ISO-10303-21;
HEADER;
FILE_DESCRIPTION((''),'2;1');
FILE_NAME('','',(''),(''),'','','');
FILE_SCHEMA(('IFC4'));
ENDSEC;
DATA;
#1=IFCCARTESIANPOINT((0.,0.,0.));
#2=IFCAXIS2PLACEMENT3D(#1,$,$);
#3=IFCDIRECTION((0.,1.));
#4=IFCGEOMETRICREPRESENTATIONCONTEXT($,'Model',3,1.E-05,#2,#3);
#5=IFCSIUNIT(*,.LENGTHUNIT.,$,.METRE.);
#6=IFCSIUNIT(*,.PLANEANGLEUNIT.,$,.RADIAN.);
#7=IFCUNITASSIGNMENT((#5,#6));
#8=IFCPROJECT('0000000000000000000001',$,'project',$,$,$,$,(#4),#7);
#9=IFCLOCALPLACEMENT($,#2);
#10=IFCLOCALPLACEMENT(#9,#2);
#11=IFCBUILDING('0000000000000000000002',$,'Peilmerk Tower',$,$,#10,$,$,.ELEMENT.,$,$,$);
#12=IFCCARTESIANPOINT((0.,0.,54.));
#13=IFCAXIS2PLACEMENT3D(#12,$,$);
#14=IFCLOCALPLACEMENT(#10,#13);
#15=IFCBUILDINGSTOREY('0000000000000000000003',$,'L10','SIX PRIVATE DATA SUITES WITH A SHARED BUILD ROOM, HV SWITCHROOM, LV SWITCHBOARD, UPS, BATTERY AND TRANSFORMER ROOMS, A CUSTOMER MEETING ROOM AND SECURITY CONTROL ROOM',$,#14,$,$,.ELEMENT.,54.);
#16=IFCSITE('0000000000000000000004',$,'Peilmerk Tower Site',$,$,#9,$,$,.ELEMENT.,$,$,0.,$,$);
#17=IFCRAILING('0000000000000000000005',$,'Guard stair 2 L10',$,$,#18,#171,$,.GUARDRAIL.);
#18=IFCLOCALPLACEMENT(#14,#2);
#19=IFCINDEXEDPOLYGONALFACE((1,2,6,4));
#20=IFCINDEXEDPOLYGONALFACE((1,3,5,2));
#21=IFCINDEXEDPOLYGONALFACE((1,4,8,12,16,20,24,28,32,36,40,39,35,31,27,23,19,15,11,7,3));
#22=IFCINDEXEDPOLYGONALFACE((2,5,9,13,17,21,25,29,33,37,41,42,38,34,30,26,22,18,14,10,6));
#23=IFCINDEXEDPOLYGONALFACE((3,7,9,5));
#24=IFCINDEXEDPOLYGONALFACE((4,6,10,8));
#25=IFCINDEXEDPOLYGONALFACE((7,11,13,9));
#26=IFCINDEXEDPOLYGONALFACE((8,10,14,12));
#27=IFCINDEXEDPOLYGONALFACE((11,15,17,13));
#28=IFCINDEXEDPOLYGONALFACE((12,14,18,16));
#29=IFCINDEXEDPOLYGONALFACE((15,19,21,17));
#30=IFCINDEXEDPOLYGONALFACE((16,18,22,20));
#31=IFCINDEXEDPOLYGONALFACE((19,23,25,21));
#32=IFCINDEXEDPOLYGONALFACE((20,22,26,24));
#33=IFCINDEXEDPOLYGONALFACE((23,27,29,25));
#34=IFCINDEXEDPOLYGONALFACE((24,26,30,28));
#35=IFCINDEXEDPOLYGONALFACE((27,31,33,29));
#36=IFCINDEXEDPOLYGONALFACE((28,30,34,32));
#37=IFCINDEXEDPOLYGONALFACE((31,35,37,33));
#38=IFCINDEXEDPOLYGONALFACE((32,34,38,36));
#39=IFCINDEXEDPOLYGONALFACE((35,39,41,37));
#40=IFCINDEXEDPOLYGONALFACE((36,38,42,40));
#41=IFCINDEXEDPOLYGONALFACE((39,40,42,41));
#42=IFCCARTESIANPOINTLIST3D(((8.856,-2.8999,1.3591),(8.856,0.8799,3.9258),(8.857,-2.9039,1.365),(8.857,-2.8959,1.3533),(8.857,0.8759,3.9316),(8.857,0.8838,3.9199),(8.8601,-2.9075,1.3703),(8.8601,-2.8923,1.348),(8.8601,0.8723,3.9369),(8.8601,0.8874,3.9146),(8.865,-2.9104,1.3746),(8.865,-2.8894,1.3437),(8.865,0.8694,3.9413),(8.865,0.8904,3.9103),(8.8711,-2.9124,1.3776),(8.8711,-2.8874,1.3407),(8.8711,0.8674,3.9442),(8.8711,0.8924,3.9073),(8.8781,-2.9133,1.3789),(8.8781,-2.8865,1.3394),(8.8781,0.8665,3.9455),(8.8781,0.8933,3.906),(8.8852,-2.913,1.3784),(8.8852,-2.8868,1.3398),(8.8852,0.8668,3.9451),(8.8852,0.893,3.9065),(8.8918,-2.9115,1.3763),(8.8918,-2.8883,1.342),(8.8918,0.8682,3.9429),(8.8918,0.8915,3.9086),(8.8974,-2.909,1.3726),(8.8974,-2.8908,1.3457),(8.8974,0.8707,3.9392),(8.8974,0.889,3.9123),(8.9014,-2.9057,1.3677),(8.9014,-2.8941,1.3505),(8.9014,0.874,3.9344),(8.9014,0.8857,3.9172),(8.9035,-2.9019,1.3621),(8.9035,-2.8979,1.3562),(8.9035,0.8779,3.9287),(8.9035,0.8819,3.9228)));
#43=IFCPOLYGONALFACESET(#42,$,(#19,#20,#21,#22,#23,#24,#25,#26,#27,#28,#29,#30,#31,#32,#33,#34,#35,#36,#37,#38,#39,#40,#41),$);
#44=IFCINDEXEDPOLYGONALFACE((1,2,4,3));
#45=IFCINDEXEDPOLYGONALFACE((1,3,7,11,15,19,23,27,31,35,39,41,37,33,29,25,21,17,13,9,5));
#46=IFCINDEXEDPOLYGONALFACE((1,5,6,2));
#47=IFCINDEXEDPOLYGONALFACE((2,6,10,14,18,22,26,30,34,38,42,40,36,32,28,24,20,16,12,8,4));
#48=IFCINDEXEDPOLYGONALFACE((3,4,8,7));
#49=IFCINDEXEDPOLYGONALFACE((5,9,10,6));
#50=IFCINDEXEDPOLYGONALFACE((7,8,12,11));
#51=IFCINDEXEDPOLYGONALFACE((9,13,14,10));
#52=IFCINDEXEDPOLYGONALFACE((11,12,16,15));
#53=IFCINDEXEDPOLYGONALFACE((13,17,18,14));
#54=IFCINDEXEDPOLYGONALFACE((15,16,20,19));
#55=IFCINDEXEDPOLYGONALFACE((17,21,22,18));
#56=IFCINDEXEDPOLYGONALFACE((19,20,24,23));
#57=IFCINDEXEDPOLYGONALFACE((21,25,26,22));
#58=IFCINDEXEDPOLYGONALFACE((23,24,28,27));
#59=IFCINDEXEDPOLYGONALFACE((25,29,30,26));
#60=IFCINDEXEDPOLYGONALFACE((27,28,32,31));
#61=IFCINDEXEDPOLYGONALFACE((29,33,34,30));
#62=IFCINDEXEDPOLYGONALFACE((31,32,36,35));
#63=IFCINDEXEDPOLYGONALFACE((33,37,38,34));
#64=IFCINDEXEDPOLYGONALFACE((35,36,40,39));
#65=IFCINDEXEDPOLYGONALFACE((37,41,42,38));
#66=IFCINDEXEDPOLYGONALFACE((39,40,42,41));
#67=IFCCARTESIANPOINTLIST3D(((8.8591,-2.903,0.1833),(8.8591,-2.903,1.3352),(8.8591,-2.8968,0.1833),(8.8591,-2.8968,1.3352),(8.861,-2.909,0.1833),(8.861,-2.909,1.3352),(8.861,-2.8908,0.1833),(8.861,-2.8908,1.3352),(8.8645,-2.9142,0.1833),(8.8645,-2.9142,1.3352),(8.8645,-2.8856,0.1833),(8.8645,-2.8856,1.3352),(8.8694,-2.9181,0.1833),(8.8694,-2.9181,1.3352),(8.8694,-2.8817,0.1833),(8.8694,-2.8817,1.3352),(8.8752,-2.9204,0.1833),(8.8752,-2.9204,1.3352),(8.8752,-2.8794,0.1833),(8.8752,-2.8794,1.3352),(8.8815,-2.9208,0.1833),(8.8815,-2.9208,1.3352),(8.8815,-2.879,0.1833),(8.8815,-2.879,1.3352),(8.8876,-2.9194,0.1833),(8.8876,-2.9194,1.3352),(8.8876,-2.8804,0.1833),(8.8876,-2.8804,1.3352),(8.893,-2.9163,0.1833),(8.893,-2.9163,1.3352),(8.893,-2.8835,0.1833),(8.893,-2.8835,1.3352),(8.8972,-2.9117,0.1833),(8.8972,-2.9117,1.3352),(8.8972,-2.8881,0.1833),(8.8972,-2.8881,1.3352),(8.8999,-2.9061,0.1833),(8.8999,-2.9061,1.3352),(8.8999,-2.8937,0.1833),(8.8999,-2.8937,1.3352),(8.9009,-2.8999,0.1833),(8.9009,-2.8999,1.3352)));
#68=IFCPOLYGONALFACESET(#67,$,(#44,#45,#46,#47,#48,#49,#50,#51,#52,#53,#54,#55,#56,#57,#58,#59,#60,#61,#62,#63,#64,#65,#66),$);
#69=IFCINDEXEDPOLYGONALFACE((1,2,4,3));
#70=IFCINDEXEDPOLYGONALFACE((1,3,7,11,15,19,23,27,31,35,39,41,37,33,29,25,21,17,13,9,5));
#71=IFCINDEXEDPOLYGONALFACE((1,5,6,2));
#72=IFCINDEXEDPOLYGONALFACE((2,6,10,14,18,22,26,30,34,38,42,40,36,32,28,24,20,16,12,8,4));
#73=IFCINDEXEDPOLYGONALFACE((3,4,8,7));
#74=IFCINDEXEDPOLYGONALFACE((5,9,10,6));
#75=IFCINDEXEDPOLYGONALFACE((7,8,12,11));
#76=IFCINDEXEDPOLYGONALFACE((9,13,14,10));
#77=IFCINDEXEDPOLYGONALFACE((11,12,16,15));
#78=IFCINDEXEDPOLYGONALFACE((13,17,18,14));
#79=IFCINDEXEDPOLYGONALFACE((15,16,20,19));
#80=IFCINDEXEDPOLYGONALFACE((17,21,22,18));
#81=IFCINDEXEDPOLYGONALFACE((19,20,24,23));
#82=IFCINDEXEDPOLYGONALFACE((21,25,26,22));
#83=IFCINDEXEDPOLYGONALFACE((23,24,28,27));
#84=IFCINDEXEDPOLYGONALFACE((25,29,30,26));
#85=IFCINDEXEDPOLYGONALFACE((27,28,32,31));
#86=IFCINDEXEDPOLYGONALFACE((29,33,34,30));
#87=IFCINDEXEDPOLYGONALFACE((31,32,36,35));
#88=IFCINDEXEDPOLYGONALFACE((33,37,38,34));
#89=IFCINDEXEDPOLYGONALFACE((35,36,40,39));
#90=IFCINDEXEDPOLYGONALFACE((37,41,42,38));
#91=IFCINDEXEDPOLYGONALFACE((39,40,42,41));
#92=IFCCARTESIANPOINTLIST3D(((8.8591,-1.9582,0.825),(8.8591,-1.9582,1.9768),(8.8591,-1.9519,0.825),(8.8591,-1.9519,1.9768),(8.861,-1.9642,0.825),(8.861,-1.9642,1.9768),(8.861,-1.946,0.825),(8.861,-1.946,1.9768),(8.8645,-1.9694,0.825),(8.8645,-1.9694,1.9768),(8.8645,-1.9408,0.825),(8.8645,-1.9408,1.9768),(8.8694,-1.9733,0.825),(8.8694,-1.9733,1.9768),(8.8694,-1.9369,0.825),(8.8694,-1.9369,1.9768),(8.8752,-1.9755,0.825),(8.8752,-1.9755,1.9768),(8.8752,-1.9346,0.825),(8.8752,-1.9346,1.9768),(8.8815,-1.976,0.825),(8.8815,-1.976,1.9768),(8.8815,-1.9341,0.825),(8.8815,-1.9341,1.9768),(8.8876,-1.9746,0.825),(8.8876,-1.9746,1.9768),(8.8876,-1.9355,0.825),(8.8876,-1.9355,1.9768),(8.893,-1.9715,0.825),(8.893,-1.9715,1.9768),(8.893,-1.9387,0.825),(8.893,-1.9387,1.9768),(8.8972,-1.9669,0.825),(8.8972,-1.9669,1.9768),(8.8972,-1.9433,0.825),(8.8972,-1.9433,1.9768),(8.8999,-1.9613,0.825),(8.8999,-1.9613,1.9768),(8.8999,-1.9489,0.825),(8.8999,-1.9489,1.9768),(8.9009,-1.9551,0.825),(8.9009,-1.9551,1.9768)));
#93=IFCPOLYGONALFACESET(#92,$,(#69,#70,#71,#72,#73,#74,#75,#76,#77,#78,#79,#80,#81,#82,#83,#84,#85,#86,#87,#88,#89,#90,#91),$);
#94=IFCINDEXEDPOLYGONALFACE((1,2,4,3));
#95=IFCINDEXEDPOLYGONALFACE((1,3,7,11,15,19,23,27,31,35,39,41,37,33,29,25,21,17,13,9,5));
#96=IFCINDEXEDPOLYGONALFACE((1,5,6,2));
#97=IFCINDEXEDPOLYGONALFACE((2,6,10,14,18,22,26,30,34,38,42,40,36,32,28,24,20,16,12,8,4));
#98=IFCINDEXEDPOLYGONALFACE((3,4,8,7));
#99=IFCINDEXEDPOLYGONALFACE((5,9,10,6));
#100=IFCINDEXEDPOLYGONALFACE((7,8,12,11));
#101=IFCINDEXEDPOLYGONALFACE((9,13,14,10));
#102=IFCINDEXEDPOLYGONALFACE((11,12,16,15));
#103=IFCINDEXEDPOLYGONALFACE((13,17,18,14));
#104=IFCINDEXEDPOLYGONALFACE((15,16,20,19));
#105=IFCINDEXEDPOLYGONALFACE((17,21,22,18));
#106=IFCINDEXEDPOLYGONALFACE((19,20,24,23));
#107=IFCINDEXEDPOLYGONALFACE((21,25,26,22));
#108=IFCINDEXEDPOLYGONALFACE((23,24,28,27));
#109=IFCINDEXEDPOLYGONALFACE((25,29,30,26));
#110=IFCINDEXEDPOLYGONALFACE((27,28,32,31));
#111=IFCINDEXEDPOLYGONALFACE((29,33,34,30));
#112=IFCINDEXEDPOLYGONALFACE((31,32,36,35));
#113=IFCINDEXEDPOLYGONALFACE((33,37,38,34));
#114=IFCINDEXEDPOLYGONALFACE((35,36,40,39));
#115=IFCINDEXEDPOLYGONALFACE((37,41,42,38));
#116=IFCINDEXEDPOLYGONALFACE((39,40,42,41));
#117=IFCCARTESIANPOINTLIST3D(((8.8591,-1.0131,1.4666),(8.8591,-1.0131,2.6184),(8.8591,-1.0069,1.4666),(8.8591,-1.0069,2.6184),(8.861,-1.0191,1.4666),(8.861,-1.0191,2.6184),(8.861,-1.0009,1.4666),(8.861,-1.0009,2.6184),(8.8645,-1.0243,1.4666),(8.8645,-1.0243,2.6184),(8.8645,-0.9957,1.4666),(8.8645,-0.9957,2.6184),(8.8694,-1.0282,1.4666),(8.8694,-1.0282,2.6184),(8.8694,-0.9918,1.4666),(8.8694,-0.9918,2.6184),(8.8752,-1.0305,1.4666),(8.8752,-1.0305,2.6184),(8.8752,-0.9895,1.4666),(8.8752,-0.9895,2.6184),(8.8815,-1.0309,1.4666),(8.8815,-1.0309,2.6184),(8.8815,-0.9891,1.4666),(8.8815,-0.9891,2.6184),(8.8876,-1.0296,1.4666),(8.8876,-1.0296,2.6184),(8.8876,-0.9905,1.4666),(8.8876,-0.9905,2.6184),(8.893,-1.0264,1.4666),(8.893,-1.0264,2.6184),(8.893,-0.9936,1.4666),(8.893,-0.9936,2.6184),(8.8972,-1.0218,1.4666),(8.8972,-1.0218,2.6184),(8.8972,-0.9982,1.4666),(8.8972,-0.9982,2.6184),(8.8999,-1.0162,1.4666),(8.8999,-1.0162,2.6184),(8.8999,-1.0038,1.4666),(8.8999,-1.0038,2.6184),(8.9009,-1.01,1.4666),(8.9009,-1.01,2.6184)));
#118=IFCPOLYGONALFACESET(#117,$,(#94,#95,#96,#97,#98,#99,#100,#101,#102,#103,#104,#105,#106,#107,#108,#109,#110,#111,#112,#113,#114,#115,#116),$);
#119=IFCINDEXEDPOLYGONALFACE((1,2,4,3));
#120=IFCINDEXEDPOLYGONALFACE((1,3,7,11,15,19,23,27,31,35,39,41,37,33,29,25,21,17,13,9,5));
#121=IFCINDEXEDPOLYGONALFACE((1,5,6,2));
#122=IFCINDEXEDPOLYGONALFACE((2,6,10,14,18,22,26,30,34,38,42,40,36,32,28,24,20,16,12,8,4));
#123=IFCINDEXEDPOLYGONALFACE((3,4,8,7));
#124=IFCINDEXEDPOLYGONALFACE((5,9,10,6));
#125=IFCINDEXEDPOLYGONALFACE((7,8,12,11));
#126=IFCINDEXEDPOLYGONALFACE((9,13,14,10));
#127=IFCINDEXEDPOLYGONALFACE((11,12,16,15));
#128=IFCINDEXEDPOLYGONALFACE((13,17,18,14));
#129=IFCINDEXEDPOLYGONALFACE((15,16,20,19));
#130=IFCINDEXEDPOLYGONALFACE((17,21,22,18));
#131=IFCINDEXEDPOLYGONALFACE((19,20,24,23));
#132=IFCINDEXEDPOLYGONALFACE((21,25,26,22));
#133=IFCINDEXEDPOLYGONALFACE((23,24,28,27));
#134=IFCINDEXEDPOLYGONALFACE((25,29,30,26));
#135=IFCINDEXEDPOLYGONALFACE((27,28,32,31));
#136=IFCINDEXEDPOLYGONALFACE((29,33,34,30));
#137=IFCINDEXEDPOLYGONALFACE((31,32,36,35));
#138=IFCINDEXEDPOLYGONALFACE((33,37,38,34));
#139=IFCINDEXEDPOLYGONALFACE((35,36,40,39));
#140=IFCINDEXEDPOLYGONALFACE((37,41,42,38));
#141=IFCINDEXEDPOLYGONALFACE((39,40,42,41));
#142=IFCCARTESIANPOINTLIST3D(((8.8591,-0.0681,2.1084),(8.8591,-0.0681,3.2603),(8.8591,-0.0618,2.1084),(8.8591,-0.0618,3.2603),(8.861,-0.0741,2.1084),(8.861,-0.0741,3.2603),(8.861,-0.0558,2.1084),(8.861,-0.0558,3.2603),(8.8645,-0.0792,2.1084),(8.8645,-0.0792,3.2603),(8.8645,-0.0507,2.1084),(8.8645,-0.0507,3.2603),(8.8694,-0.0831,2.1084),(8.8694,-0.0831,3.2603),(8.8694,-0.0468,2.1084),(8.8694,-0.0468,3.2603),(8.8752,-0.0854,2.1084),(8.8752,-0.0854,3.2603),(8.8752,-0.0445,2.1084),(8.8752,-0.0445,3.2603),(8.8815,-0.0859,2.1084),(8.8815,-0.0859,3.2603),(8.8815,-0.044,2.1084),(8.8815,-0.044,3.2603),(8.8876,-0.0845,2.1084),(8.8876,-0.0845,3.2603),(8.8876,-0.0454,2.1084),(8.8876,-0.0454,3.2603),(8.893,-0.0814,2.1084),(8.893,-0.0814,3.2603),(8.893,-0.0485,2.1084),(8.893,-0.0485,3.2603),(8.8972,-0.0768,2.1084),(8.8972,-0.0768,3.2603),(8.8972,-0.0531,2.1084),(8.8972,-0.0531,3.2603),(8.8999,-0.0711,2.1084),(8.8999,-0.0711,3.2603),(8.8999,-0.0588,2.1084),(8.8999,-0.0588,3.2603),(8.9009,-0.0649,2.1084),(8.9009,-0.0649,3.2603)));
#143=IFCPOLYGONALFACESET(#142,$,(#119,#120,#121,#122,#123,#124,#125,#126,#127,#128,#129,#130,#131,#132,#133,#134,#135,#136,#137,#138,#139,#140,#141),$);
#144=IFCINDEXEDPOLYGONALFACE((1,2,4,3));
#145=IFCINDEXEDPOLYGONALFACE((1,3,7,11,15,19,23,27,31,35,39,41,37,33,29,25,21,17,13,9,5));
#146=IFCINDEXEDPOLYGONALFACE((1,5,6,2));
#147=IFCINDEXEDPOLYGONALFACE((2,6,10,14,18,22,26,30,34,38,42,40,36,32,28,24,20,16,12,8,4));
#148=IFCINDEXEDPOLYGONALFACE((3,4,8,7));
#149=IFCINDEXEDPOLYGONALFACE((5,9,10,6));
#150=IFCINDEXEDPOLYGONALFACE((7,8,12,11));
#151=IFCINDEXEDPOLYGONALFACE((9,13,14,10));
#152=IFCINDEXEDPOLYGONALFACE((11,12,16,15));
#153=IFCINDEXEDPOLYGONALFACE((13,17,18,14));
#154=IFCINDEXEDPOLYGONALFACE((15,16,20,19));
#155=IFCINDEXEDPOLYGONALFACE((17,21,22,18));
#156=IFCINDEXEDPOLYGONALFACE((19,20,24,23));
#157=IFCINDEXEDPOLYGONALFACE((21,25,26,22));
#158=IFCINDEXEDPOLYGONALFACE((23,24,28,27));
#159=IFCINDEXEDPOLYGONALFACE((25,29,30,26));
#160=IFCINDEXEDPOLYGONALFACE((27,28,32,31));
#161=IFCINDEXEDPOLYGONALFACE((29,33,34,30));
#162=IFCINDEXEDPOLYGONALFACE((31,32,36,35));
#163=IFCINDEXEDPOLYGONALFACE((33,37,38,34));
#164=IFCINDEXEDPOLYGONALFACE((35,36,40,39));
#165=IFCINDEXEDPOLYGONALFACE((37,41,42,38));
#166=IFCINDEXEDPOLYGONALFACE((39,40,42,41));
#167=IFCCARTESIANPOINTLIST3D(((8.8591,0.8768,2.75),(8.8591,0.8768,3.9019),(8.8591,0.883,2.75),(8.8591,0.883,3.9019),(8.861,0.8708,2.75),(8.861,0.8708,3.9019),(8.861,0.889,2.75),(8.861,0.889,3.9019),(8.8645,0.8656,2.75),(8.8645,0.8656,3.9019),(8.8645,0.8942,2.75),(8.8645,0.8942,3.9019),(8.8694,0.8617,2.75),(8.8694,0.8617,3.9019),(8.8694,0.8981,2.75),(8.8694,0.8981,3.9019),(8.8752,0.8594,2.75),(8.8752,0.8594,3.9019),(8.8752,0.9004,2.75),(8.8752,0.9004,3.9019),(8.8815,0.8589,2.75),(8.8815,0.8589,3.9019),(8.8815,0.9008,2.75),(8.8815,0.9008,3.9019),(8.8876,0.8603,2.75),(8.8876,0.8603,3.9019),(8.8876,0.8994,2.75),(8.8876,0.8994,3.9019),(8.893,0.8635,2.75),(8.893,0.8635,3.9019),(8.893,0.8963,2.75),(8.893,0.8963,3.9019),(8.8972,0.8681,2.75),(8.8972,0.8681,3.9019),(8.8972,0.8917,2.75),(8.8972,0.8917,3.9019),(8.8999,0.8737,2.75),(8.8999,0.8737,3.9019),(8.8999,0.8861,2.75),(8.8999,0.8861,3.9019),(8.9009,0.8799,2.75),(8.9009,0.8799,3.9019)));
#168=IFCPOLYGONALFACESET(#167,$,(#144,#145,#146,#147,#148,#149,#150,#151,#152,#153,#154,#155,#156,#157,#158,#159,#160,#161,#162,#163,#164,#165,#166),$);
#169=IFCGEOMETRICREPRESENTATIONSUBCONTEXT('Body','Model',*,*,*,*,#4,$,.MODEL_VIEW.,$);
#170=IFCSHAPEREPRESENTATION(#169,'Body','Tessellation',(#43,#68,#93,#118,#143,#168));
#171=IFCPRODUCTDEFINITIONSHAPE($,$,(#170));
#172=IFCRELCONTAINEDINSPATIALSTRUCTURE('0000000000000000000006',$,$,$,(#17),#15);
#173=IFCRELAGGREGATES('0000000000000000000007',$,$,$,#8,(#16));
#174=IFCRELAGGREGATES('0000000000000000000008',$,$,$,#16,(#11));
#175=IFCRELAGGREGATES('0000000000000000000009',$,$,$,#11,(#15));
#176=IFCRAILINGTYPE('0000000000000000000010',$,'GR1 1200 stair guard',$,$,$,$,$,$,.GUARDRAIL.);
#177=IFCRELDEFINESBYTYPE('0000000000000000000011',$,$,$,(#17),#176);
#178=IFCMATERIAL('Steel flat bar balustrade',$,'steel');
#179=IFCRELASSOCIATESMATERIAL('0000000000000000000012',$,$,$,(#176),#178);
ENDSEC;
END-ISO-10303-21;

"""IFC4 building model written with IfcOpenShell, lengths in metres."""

from ifc_helpers import new_model, si_unit, direction, frame, origin, origin_2d, place, context, subcontext, project, spatial, circle, extrude, material, type_object, element, save


model = new_model("IFC4")

# Units and contexts
model_context = context("Model", 3, precision=1e-05, world=origin(), true_north=direction((0.0, 1.0)))
body_context = subcontext(model_context, "Body", "Model", "MODEL_VIEW")
ifc_project = project(units=[si_unit("LENGTHUNIT", "METRE"), si_unit("PLANEANGLEUNIT", "RADIAN")], contexts=[model_context])

# Site, building, storey
site_placement = place(None, origin())
site = spatial("IfcSite", under=ifc_project, at=site_placement, Name="Peilmerk Tower Site", CompositionType="ELEMENT", RefElevation=0.0)
building_placement = place(site_placement, origin())
building = spatial("IfcBuilding", under=site, at=building_placement, Name="Peilmerk Tower", CompositionType="ELEMENT")
storey_placement = place(building_placement, frame((0.0, 0.0, 54.0)))
storey = spatial("IfcBuildingStorey", under=building, at=storey_placement, Name="L10", Description="SIX PRIVATE DATA SUITES WITH A SHARED BUILD ROOM, HV SWITCHROOM, LV SWITCHBOARD, UPS, BATTERY AND TRANSFORMER ROOMS, A CUSTOMER MEETING ROOM AND SECURITY CONTROL ROOM", CompositionType="ELEMENT", Elevation=54.0)

# Railing
ifc_material_1 = material(Name="Steel flat bar balustrade", Category="steel")
railing_type_1 = type_object("IfcRailingType", Name="GR1 1200 stair guard", PredefinedType="GUARDRAIL", material=ifc_material_1)
railing_1_placement = place(storey_placement, frame((8.8799, -2.8999, 0.1833)))
element("IfcRailing", 1, at=railing_1_placement, inside=storey, type_object=railing_type_1, Name="Guard stair 2 L10", PredefinedType="GUARDRAIL", context=body_context, shape_type="SweptSolid", body=[
    extrude(circle(Radius=0.0239, at=origin_2d()), frame((0.0, 0.0, 1.1758), z_axis=(0.0, 0.827293, 0.561771), x_axis=(-1.0, 0.0, 0.0)), (0.0, 0.0, 1.0), 4.5688),
    extrude(circle(Radius=0.021, at=origin_2d()), origin(), (0.0, 0.0, 1.0), 1.1519),
    extrude(circle(Radius=0.021, at=origin_2d()), frame((0.0, 0.9448, 0.6416)), (0.0, 0.0, 1.0), 1.1519),
    extrude(circle(Radius=0.021, at=origin_2d()), frame((0.0, 1.8899, 1.2832)), (0.0, 0.0, 1.0), 1.1519),
    extrude(circle(Radius=0.021, at=origin_2d()), frame((0.0, 2.835, 1.925)), (0.0, 0.0, 1.0), 1.1519),
    extrude(circle(Radius=0.021, at=origin_2d()), frame((0.0, 3.7798, 2.5667)), (0.0, 0.0, 1.0), 1.1519),
])

save(model, "model.ifc")
